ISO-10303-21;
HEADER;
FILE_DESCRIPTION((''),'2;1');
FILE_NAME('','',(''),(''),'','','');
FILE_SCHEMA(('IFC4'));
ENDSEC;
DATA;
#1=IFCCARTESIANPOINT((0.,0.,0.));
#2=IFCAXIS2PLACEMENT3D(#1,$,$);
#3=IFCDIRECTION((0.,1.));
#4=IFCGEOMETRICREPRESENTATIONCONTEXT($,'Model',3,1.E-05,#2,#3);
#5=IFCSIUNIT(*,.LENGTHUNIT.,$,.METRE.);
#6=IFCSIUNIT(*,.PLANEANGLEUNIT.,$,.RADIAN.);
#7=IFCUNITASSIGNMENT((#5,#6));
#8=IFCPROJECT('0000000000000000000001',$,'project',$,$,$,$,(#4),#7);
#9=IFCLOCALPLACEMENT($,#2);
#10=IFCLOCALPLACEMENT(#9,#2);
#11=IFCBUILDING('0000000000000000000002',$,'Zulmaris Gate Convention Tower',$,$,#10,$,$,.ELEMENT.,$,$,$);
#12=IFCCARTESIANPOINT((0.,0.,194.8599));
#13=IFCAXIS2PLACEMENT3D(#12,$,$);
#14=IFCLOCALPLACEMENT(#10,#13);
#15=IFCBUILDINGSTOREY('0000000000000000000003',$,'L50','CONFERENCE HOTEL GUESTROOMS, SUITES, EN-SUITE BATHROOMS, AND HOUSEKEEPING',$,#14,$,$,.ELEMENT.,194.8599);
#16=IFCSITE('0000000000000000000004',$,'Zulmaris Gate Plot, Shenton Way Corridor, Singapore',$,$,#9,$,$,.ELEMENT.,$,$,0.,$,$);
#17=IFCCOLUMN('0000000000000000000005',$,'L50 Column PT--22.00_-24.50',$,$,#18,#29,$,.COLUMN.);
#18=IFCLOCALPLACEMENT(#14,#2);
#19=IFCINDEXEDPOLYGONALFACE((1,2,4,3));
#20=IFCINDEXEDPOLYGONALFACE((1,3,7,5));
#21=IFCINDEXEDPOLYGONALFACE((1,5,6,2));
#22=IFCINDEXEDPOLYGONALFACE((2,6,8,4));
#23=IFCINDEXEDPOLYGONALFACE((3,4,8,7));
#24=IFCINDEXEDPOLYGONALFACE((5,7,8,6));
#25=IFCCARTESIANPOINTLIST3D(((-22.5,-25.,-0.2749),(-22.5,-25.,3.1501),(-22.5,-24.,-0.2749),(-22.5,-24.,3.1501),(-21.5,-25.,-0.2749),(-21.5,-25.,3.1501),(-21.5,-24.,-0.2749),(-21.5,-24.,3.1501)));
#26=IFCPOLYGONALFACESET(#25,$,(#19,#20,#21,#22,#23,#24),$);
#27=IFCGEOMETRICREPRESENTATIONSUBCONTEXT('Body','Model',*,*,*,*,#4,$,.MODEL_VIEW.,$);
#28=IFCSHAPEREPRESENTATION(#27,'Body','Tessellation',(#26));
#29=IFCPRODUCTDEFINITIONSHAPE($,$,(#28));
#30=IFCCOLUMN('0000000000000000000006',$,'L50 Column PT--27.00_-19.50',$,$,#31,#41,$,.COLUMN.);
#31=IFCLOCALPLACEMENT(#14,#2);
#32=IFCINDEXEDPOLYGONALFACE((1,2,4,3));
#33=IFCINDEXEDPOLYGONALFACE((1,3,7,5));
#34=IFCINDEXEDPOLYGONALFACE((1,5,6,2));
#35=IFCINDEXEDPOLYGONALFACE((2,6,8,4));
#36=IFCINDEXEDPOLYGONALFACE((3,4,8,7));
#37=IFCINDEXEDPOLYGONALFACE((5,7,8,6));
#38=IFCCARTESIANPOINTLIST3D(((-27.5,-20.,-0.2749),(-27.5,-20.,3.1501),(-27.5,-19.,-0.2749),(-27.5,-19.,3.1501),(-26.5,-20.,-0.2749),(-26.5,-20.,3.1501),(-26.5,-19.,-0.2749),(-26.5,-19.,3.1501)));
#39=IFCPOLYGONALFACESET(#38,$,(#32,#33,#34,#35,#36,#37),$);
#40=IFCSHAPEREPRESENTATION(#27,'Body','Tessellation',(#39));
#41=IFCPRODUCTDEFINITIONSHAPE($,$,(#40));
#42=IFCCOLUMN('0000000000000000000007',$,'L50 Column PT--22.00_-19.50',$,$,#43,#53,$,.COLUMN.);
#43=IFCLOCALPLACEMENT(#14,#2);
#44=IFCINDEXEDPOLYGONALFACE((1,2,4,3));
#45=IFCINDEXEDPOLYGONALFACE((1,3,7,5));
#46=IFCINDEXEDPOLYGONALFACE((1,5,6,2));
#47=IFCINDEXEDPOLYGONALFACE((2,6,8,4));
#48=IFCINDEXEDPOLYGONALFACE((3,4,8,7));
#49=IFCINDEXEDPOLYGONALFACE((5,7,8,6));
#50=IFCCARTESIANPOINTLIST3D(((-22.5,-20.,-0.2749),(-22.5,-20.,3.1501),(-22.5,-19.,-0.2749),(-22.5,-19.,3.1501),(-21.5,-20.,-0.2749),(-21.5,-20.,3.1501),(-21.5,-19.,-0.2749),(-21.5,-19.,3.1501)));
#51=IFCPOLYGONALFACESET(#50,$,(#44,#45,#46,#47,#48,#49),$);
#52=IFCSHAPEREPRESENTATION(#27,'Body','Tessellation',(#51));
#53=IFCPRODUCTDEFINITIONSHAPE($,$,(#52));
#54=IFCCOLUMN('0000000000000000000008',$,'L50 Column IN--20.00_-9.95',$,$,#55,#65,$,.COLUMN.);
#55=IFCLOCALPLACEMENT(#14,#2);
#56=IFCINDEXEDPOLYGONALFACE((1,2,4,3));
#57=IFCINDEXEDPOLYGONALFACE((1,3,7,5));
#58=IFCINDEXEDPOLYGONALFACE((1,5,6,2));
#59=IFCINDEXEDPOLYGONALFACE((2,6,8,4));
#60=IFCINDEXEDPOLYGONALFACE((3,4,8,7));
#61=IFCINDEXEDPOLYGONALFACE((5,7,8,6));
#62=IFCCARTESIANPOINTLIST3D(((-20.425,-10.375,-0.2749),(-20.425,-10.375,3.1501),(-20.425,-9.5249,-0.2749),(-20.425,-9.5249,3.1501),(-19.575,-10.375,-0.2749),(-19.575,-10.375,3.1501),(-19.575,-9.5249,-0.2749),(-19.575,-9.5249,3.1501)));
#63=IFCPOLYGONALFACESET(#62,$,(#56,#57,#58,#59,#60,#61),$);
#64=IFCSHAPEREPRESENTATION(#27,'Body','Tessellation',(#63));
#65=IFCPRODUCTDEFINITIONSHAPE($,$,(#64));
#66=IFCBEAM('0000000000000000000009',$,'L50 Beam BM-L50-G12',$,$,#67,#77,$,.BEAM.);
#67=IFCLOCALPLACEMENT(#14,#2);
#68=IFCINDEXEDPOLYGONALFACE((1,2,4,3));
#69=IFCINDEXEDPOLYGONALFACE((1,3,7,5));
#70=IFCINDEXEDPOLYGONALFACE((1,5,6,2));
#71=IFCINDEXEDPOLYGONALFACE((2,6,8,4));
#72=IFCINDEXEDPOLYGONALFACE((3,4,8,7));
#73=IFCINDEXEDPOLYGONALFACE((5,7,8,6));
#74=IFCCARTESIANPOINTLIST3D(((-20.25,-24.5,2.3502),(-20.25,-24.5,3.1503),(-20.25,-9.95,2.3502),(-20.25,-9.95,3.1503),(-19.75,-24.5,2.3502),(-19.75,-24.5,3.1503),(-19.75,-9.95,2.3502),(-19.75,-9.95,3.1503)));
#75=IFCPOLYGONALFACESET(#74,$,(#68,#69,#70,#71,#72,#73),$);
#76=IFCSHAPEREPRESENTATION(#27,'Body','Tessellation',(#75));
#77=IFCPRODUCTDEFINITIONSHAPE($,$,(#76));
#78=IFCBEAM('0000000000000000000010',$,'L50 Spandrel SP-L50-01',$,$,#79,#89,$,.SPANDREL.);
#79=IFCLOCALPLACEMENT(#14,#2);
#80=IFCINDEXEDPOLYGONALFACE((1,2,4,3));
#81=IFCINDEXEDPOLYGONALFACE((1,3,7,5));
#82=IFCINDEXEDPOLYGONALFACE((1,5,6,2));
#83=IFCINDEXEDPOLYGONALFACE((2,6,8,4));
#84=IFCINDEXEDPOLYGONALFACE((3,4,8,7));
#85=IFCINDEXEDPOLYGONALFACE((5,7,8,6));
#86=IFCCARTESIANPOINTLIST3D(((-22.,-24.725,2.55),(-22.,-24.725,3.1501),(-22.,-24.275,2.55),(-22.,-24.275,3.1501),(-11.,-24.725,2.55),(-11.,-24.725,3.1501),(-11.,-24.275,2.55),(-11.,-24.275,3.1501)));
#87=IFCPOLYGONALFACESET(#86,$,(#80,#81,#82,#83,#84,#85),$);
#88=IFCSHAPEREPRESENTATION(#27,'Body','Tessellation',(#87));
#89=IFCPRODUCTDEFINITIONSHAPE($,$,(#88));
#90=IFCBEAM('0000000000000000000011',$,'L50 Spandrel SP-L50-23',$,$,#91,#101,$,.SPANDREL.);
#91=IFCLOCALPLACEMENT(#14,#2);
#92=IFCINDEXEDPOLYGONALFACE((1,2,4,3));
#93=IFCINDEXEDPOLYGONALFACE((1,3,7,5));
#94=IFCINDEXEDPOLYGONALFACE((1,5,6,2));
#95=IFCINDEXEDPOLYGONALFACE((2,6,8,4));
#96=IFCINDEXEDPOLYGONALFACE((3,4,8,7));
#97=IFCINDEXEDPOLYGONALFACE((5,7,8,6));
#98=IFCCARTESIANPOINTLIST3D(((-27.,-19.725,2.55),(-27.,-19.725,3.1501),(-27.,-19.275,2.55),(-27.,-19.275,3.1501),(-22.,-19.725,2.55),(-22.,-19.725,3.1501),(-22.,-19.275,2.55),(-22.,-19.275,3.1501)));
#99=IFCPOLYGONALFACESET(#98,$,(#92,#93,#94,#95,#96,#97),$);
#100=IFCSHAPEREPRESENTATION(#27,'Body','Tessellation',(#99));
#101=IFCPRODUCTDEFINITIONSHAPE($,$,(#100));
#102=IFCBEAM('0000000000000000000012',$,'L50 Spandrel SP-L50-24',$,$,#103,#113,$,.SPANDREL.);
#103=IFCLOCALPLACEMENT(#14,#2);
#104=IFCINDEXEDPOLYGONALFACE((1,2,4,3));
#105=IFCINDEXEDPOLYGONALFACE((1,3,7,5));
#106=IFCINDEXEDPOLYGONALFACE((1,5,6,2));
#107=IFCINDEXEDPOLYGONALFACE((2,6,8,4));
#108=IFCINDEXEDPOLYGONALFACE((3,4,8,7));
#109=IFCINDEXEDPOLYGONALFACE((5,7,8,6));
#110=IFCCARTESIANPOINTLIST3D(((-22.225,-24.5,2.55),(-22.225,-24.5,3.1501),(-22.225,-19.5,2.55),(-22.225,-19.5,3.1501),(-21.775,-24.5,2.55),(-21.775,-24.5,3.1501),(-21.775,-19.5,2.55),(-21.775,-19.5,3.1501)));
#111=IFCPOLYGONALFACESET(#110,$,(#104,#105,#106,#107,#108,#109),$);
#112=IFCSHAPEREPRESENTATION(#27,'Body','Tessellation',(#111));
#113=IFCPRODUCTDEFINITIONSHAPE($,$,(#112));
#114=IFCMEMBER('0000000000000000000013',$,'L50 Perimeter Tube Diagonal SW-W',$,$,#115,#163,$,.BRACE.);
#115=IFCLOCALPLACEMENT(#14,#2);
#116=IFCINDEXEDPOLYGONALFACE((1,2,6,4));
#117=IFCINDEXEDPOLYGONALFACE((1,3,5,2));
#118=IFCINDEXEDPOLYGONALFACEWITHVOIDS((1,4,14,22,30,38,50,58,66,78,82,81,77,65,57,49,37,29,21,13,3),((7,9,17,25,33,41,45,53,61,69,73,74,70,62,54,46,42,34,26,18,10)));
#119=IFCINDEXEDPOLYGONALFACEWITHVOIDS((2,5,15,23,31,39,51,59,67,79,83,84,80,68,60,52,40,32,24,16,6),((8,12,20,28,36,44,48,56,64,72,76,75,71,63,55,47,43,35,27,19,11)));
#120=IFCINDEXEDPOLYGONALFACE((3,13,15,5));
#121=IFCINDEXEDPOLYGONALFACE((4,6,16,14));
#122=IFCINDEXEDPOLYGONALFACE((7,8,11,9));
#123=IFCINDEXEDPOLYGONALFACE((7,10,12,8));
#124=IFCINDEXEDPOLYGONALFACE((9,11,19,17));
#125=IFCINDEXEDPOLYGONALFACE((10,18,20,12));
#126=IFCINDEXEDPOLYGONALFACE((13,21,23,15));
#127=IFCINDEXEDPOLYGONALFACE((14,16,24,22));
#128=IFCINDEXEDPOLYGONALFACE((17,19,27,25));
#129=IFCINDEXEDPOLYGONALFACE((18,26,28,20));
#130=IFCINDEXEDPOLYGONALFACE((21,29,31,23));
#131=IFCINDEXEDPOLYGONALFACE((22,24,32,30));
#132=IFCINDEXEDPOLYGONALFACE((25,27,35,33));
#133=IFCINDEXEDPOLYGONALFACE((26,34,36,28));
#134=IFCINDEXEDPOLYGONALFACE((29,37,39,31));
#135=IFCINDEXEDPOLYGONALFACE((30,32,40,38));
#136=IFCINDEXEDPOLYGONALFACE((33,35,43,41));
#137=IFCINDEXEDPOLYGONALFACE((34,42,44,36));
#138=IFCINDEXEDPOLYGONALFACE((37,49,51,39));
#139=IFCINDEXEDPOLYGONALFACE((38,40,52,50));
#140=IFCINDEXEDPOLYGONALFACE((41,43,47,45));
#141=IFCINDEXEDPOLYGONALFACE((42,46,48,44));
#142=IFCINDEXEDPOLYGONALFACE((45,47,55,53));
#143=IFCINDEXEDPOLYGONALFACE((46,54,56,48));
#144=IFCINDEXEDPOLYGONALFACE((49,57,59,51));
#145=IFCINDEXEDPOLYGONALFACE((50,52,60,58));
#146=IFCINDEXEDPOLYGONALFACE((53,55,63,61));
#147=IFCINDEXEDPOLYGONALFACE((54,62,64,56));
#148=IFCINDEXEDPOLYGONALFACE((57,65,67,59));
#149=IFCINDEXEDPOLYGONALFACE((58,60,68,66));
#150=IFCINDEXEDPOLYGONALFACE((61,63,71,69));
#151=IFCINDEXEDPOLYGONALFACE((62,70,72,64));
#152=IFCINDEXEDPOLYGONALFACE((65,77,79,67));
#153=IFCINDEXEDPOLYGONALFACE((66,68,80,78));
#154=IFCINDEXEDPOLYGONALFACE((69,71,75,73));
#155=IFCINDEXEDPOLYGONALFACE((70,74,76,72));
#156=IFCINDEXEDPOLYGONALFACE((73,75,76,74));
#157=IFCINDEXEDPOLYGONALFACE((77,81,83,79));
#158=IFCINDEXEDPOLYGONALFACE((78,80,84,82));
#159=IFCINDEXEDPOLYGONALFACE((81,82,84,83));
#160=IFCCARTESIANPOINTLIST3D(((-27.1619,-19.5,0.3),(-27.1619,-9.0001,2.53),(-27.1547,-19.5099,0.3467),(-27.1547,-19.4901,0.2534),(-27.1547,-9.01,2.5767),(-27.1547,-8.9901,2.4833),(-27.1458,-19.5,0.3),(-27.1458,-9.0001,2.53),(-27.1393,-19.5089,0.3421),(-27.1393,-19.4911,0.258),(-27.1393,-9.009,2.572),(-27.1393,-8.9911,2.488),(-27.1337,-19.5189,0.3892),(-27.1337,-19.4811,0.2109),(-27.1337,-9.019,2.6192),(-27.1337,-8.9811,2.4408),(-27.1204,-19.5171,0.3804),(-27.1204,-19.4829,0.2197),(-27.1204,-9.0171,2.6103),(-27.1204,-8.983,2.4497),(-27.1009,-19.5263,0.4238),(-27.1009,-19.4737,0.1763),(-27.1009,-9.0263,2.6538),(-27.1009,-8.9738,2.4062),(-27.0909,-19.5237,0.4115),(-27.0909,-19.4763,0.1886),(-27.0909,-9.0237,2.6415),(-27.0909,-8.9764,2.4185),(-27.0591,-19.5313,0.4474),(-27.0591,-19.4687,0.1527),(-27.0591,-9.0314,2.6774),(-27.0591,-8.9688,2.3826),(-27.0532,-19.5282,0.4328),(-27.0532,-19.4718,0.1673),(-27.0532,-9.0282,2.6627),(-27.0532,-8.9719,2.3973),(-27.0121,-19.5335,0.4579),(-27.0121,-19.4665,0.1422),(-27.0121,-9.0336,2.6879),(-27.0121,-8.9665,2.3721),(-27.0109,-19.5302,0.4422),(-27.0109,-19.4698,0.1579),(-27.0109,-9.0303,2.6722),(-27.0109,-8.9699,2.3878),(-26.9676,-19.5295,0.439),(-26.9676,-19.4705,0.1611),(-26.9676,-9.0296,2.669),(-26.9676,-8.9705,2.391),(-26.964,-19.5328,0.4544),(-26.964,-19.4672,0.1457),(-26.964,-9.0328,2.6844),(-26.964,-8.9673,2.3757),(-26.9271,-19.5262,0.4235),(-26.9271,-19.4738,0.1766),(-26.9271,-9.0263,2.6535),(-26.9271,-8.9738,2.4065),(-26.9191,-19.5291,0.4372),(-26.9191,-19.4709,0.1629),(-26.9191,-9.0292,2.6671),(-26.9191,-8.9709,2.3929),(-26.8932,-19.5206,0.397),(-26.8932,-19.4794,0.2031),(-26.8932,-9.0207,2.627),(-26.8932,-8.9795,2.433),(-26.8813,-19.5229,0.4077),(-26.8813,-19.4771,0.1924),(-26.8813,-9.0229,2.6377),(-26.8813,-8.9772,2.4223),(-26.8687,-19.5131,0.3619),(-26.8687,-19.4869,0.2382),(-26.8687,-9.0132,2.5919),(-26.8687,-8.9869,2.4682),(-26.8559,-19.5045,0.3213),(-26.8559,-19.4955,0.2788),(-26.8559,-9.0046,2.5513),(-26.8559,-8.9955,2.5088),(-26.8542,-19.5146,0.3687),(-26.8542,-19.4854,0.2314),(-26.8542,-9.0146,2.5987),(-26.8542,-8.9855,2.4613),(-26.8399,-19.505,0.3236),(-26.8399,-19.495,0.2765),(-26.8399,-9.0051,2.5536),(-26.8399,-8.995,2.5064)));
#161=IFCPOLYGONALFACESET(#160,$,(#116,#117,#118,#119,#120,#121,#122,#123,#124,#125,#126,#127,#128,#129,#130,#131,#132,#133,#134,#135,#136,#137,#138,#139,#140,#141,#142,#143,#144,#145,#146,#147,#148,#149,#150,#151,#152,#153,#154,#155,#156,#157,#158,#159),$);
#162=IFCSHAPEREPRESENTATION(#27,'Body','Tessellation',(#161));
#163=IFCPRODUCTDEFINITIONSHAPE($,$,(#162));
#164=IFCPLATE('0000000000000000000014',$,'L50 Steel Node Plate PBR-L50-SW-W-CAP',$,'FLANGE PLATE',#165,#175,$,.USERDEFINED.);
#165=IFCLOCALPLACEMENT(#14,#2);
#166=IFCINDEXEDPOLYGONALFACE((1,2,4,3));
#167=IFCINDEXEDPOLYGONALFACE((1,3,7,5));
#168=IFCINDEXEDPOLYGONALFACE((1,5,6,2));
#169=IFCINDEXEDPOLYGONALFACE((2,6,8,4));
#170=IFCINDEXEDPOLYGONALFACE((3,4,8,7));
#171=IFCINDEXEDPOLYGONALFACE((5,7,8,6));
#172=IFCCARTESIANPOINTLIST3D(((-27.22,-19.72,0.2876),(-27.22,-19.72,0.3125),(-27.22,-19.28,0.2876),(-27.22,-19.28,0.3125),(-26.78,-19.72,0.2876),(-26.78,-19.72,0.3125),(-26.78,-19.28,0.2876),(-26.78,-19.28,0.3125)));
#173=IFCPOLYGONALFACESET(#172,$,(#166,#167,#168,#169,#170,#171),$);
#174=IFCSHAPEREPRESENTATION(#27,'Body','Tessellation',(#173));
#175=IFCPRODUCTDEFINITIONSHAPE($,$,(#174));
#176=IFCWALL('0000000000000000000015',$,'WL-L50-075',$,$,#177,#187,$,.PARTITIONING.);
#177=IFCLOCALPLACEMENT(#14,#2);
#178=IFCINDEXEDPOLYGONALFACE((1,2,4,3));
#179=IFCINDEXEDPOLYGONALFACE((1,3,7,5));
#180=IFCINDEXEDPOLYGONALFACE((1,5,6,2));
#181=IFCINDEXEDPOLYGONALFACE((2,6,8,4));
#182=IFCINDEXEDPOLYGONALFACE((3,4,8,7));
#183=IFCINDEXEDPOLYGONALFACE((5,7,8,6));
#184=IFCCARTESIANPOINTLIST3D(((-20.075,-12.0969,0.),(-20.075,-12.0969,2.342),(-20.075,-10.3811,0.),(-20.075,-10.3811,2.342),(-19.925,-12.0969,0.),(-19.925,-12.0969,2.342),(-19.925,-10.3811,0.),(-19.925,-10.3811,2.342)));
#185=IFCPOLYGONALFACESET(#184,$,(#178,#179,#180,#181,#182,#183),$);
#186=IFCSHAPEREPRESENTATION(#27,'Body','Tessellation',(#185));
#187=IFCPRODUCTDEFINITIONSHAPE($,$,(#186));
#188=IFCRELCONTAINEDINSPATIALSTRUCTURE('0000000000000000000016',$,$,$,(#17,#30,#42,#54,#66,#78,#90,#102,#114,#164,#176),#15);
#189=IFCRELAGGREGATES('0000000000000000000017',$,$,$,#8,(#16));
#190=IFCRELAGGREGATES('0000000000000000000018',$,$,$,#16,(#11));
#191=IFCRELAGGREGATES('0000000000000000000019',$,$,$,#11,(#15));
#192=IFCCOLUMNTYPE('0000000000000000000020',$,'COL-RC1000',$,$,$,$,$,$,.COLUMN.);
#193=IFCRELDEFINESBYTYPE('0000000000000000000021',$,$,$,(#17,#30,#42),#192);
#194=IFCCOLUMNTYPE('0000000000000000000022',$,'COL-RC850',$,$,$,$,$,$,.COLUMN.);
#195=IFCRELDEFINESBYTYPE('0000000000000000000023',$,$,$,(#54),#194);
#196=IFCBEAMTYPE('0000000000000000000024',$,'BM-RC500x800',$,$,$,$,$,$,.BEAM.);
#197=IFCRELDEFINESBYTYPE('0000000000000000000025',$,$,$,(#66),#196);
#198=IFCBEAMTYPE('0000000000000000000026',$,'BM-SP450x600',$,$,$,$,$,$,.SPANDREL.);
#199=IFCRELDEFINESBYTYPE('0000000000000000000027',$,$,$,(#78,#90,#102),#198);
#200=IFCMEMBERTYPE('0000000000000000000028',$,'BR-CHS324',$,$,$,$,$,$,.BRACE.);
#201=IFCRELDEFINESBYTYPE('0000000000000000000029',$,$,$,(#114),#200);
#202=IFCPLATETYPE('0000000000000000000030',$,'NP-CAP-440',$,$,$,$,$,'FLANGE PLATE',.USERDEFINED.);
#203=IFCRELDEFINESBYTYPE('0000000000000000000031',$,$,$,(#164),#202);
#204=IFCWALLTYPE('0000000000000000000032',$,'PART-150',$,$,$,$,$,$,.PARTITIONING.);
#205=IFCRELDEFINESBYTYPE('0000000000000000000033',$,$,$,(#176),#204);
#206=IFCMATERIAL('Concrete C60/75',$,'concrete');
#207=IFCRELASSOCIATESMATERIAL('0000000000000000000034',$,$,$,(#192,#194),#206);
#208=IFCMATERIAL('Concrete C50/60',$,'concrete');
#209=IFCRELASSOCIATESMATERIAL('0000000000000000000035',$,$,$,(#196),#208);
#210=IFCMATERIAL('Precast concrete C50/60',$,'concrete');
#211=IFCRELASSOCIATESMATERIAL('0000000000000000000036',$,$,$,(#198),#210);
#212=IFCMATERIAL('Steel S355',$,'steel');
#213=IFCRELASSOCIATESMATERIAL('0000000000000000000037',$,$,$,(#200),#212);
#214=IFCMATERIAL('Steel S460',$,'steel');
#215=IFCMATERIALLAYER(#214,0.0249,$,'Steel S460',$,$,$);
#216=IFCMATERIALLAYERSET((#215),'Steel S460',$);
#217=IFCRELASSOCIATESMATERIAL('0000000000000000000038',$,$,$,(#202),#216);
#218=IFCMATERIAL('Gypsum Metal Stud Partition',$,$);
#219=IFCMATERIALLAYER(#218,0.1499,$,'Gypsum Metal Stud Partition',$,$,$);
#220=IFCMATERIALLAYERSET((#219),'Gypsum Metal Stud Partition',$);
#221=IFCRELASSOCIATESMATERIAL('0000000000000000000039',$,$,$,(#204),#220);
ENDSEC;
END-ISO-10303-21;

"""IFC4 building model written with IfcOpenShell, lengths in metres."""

from ifc_helpers import new_model, si_unit, direction, frame, frame_2d, origin, origin_2d, place, context, subcontext, project, spatial, rectangle, hollow_circle, extrude, material, layer, layer_set, material_profile, profile_set, type_object, element, save


model = new_model("IFC4")

# Units and contexts
model_context = context("Model", 3, precision=1e-05, world=origin(), true_north=direction((0.0, 1.0)))
body_context = subcontext(model_context, "Body", "Model", "MODEL_VIEW")
ifc_project = project(units=[si_unit("LENGTHUNIT", "METRE"), si_unit("PLANEANGLEUNIT", "RADIAN")], contexts=[model_context])

# Site, building, storey
site_placement = place(None, origin())
site = spatial("IfcSite", under=ifc_project, at=site_placement, Name="Zulmaris Gate Plot, Shenton Way Corridor, Singapore", CompositionType="ELEMENT", RefElevation=0.0)
building_placement = place(site_placement, origin())
building = spatial("IfcBuilding", under=site, at=building_placement, Name="Zulmaris Gate Convention Tower", CompositionType="ELEMENT")
storey_placement = place(building_placement, frame((0.0, 0.0, 194.8599)))
storey = spatial("IfcBuildingStorey", under=building, at=storey_placement, Name="L50", Description="CONFERENCE HOTEL GUESTROOMS, SUITES, EN-SUITE BATHROOMS, AND HOUSEKEEPING", CompositionType="ELEMENT", Elevation=194.8599)

# Columns
ifc_material_1 = material(Name="Concrete C60/75", Category="concrete")
ifc_material_profile_1 = material_profile(ifc_material_1, rectangle(XDim=1.0, YDim=1.0, at=origin_2d()), Name="RC COL 1000x1000")
ifc_profile_set_1 = profile_set([ifc_material_profile_1], Name="Concrete C60/75")
column_type_1 = type_object("IfcColumnType", Name="COL-RC1000", PredefinedType="COLUMN", material=ifc_profile_set_1)
for number, where, z_axis, x_axis, name in (
    (1, (-22.0, -24.5, -0.2749), (0.0, 0.0, 1.0), (1.0, 0.0, 0.0), "L50 Column PT--22.00_-24.50"),
    (2, (-27.0, -19.5, -0.2749), (0.0, 0.0, 1.0), (1.0, 0.0, 0.0), "L50 Column PT--27.00_-19.50"),
    (3, (-22.0, -19.5, -0.2749), (0.0, 0.0, 1.0), (1.0, 0.0, 0.0), "L50 Column PT--22.00_-19.50"),
):
    element("IfcColumn", number, at=place(storey_placement, frame(where, z_axis=z_axis, x_axis=x_axis)), inside=storey, type_object=column_type_1, Name=name, PredefinedType="COLUMN", context=body_context, shape_type="SweptSolid", body=[
        extrude(rectangle(XDim=1.0, YDim=1.0, at=origin_2d()), origin(), (0.0, 0.0, 1.0), 3.425),
    ])
ifc_material_profile_2 = material_profile(ifc_material_1, rectangle(XDim=0.8501, YDim=0.8501, at=origin_2d()), Name="RC COL 850x850")
ifc_profile_set_2 = profile_set([ifc_material_profile_2], Name="Concrete C60/75")
column_type_2 = type_object("IfcColumnType", Name="COL-RC850", PredefinedType="COLUMN", material=ifc_profile_set_2)
column_placement = place(storey_placement, frame((-20.0, -9.95, -0.2749), z_axis=(0.0, 0.0, 1.0), x_axis=(1.0, 0.0, 0.0)))
element("IfcColumn", 4, at=column_placement, inside=storey, type_object=column_type_2, Name="L50 Column IN--20.00_-9.95", PredefinedType="COLUMN", context=body_context, shape_type="SweptSolid", body=[
    extrude(rectangle(XDim=0.8501, YDim=0.8501, at=origin_2d()), origin(), (0.0, 0.0, 1.0), 3.425),
])

# Beams
ifc_material_2 = material(Name="Concrete C50/60", Category="concrete")
ifc_material_profile_3 = material_profile(ifc_material_2, rectangle(XDim=0.5, YDim=0.8, at=origin_2d()), Name="RC BEAM 500x800")
ifc_profile_set_3 = profile_set([ifc_material_profile_3], Name="Concrete C50/60")
beam_type_1 = type_object("IfcBeamType", Name="BM-RC500x800", PredefinedType="BEAM", material=ifc_profile_set_3)
beam_1_placement = place(storey_placement, frame((-20.0, -24.5, 2.7502), z_axis=(0.0, 1.0, 0.0), x_axis=(-1.0, 0.0, 0.0)))
element("IfcBeam", 5, at=beam_1_placement, inside=storey, type_object=beam_type_1, Name="L50 Beam BM-L50-G12", PredefinedType="BEAM", context=body_context, shape_type="SweptSolid", body=[
    extrude(rectangle(XDim=0.5, YDim=0.8, at=origin_2d()), origin(), (0.0, 0.0, 1.0), 14.55),
])
ifc_material_3 = material(Name="Precast concrete C50/60", Category="concrete")
ifc_material_profile_4 = material_profile(ifc_material_3, rectangle(XDim=0.45, YDim=0.6001, at=origin_2d()), Name="RC SPANDREL 450x600")
ifc_profile_set_4 = profile_set([ifc_material_profile_4], Name="Precast concrete C50/60")
beam_type_2 = type_object("IfcBeamType", Name="BM-SP450x600", PredefinedType="SPANDREL", material=ifc_profile_set_4)
beam_2_placement = place(storey_placement, frame((-22.0, -24.5, 2.8501), z_axis=(1.0, 0.0, 0.0), x_axis=(0.0, 1.0, 0.0)))
element("IfcBeam", 6, at=beam_2_placement, inside=storey, type_object=beam_type_2, Name="L50 Spandrel SP-L50-01", PredefinedType="SPANDREL", context=body_context, shape_type="SweptSolid", body=[
    extrude(rectangle(XDim=0.45, YDim=0.6001, at=origin_2d()), origin(), (0.0, 0.0, 1.0), 11.0),
])
for number, where, z_axis, x_axis, name in (
    (7, (-27.0, -19.5, 2.8501), (1.0, 0.0, 0.0), (0.0, 1.0, 0.0), "L50 Spandrel SP-L50-23"),
    (8, (-22.0, -19.5, 2.8501), (0.0, -1.0, 0.0), (1.0, 0.0, 0.0), "L50 Spandrel SP-L50-24"),
):
    element("IfcBeam", number, at=place(storey_placement, frame(where, z_axis=z_axis, x_axis=x_axis)), inside=storey, type_object=beam_type_2, Name=name, PredefinedType="SPANDREL", context=body_context, shape_type="SweptSolid", body=[
        extrude(rectangle(XDim=0.45, YDim=0.6001, at=origin_2d()), origin(), (0.0, 0.0, 1.0), 5.0),
    ])

# Member
ifc_material_4 = material(Name="Steel S355", Category="steel")
ifc_material_profile_5 = material_profile(ifc_material_4, hollow_circle(Radius=0.1619, WallThickness=0.0161, at=origin_2d()), Name="CHS 323.9x16")
ifc_profile_set_5 = profile_set([ifc_material_profile_5], Name="Steel S355")
member_type = type_object("IfcMemberType", Name="BR-CHS324", PredefinedType="BRACE", material=ifc_profile_set_5)
member_placement = place(storey_placement, frame((-27.0, -19.5, 0.3), z_axis=(0.0, 0.978183, 0.207746), x_axis=(-1.0, 0.0, 0.0)))
element("IfcMember", 9, at=member_placement, inside=storey, type_object=member_type, Name="L50 Perimeter Tube Diagonal SW-W", PredefinedType="BRACE", context=body_context, shape_type="SweptSolid", body=[
    extrude(hollow_circle(Radius=0.1619, WallThickness=0.0161, at=origin_2d()), origin(), (0.0, 0.0, 1.0), 10.7341),
])

# Plate
ifc_material_5 = material(Name="Steel S460", Category="steel")
ifc_layer_1 = layer(ifc_material_5, 0.0249, Name="Steel S460")
ifc_layer_set_1 = layer_set([ifc_layer_1], Name="Steel S460")
plate_type = type_object("IfcPlateType", Name="NP-CAP-440", ElementType="FLANGE PLATE", PredefinedType="USERDEFINED", material=ifc_layer_set_1)
plate_placement = place(storey_placement, frame((-27.0, -19.5, 0.2876), z_axis=(0.0, 0.0, 1.0), x_axis=(1.0, 0.0, 0.0)))
element("IfcPlate", 10, at=plate_placement, inside=storey, type_object=plate_type, Name="L50 Steel Node Plate PBR-L50-SW-W-CAP", ObjectType="FLANGE PLATE", PredefinedType="USERDEFINED", context=body_context, shape_type="SweptSolid", body=[
    extrude(rectangle(XDim=0.4399, YDim=0.4399, at=origin_2d()), origin(), (0.0, 0.0, 1.0), 0.0249),
])

# Wall
ifc_material_6 = material(Name="Gypsum Metal Stud Partition")
ifc_layer_2 = layer(ifc_material_6, 0.1499, Name="Gypsum Metal Stud Partition")
ifc_layer_set_2 = layer_set([ifc_layer_2], Name="Gypsum Metal Stud Partition")
wall_type_1 = type_object("IfcWallType", Name="PART-150", PredefinedType="PARTITIONING", material=ifc_layer_set_2)
wall_1_placement = place(storey_placement, frame((-20.0, -12.0969, 0.0), z_axis=(0.0, 0.0, 1.0), x_axis=(0.0, 1.0, 0.0)))
element("IfcWall", 11, at=wall_1_placement, inside=storey, type_object=wall_type_1, Name="WL-L50-075", PredefinedType="PARTITIONING", context=body_context, shape_type="SweptSolid", body=[
    extrude(rectangle(XDim=1.7158, YDim=0.1499, at=frame_2d((0.8579, 0.0))), origin(), (0.0, 0.0, 1.0), 2.342),
])

save(model, "model.ifc")
